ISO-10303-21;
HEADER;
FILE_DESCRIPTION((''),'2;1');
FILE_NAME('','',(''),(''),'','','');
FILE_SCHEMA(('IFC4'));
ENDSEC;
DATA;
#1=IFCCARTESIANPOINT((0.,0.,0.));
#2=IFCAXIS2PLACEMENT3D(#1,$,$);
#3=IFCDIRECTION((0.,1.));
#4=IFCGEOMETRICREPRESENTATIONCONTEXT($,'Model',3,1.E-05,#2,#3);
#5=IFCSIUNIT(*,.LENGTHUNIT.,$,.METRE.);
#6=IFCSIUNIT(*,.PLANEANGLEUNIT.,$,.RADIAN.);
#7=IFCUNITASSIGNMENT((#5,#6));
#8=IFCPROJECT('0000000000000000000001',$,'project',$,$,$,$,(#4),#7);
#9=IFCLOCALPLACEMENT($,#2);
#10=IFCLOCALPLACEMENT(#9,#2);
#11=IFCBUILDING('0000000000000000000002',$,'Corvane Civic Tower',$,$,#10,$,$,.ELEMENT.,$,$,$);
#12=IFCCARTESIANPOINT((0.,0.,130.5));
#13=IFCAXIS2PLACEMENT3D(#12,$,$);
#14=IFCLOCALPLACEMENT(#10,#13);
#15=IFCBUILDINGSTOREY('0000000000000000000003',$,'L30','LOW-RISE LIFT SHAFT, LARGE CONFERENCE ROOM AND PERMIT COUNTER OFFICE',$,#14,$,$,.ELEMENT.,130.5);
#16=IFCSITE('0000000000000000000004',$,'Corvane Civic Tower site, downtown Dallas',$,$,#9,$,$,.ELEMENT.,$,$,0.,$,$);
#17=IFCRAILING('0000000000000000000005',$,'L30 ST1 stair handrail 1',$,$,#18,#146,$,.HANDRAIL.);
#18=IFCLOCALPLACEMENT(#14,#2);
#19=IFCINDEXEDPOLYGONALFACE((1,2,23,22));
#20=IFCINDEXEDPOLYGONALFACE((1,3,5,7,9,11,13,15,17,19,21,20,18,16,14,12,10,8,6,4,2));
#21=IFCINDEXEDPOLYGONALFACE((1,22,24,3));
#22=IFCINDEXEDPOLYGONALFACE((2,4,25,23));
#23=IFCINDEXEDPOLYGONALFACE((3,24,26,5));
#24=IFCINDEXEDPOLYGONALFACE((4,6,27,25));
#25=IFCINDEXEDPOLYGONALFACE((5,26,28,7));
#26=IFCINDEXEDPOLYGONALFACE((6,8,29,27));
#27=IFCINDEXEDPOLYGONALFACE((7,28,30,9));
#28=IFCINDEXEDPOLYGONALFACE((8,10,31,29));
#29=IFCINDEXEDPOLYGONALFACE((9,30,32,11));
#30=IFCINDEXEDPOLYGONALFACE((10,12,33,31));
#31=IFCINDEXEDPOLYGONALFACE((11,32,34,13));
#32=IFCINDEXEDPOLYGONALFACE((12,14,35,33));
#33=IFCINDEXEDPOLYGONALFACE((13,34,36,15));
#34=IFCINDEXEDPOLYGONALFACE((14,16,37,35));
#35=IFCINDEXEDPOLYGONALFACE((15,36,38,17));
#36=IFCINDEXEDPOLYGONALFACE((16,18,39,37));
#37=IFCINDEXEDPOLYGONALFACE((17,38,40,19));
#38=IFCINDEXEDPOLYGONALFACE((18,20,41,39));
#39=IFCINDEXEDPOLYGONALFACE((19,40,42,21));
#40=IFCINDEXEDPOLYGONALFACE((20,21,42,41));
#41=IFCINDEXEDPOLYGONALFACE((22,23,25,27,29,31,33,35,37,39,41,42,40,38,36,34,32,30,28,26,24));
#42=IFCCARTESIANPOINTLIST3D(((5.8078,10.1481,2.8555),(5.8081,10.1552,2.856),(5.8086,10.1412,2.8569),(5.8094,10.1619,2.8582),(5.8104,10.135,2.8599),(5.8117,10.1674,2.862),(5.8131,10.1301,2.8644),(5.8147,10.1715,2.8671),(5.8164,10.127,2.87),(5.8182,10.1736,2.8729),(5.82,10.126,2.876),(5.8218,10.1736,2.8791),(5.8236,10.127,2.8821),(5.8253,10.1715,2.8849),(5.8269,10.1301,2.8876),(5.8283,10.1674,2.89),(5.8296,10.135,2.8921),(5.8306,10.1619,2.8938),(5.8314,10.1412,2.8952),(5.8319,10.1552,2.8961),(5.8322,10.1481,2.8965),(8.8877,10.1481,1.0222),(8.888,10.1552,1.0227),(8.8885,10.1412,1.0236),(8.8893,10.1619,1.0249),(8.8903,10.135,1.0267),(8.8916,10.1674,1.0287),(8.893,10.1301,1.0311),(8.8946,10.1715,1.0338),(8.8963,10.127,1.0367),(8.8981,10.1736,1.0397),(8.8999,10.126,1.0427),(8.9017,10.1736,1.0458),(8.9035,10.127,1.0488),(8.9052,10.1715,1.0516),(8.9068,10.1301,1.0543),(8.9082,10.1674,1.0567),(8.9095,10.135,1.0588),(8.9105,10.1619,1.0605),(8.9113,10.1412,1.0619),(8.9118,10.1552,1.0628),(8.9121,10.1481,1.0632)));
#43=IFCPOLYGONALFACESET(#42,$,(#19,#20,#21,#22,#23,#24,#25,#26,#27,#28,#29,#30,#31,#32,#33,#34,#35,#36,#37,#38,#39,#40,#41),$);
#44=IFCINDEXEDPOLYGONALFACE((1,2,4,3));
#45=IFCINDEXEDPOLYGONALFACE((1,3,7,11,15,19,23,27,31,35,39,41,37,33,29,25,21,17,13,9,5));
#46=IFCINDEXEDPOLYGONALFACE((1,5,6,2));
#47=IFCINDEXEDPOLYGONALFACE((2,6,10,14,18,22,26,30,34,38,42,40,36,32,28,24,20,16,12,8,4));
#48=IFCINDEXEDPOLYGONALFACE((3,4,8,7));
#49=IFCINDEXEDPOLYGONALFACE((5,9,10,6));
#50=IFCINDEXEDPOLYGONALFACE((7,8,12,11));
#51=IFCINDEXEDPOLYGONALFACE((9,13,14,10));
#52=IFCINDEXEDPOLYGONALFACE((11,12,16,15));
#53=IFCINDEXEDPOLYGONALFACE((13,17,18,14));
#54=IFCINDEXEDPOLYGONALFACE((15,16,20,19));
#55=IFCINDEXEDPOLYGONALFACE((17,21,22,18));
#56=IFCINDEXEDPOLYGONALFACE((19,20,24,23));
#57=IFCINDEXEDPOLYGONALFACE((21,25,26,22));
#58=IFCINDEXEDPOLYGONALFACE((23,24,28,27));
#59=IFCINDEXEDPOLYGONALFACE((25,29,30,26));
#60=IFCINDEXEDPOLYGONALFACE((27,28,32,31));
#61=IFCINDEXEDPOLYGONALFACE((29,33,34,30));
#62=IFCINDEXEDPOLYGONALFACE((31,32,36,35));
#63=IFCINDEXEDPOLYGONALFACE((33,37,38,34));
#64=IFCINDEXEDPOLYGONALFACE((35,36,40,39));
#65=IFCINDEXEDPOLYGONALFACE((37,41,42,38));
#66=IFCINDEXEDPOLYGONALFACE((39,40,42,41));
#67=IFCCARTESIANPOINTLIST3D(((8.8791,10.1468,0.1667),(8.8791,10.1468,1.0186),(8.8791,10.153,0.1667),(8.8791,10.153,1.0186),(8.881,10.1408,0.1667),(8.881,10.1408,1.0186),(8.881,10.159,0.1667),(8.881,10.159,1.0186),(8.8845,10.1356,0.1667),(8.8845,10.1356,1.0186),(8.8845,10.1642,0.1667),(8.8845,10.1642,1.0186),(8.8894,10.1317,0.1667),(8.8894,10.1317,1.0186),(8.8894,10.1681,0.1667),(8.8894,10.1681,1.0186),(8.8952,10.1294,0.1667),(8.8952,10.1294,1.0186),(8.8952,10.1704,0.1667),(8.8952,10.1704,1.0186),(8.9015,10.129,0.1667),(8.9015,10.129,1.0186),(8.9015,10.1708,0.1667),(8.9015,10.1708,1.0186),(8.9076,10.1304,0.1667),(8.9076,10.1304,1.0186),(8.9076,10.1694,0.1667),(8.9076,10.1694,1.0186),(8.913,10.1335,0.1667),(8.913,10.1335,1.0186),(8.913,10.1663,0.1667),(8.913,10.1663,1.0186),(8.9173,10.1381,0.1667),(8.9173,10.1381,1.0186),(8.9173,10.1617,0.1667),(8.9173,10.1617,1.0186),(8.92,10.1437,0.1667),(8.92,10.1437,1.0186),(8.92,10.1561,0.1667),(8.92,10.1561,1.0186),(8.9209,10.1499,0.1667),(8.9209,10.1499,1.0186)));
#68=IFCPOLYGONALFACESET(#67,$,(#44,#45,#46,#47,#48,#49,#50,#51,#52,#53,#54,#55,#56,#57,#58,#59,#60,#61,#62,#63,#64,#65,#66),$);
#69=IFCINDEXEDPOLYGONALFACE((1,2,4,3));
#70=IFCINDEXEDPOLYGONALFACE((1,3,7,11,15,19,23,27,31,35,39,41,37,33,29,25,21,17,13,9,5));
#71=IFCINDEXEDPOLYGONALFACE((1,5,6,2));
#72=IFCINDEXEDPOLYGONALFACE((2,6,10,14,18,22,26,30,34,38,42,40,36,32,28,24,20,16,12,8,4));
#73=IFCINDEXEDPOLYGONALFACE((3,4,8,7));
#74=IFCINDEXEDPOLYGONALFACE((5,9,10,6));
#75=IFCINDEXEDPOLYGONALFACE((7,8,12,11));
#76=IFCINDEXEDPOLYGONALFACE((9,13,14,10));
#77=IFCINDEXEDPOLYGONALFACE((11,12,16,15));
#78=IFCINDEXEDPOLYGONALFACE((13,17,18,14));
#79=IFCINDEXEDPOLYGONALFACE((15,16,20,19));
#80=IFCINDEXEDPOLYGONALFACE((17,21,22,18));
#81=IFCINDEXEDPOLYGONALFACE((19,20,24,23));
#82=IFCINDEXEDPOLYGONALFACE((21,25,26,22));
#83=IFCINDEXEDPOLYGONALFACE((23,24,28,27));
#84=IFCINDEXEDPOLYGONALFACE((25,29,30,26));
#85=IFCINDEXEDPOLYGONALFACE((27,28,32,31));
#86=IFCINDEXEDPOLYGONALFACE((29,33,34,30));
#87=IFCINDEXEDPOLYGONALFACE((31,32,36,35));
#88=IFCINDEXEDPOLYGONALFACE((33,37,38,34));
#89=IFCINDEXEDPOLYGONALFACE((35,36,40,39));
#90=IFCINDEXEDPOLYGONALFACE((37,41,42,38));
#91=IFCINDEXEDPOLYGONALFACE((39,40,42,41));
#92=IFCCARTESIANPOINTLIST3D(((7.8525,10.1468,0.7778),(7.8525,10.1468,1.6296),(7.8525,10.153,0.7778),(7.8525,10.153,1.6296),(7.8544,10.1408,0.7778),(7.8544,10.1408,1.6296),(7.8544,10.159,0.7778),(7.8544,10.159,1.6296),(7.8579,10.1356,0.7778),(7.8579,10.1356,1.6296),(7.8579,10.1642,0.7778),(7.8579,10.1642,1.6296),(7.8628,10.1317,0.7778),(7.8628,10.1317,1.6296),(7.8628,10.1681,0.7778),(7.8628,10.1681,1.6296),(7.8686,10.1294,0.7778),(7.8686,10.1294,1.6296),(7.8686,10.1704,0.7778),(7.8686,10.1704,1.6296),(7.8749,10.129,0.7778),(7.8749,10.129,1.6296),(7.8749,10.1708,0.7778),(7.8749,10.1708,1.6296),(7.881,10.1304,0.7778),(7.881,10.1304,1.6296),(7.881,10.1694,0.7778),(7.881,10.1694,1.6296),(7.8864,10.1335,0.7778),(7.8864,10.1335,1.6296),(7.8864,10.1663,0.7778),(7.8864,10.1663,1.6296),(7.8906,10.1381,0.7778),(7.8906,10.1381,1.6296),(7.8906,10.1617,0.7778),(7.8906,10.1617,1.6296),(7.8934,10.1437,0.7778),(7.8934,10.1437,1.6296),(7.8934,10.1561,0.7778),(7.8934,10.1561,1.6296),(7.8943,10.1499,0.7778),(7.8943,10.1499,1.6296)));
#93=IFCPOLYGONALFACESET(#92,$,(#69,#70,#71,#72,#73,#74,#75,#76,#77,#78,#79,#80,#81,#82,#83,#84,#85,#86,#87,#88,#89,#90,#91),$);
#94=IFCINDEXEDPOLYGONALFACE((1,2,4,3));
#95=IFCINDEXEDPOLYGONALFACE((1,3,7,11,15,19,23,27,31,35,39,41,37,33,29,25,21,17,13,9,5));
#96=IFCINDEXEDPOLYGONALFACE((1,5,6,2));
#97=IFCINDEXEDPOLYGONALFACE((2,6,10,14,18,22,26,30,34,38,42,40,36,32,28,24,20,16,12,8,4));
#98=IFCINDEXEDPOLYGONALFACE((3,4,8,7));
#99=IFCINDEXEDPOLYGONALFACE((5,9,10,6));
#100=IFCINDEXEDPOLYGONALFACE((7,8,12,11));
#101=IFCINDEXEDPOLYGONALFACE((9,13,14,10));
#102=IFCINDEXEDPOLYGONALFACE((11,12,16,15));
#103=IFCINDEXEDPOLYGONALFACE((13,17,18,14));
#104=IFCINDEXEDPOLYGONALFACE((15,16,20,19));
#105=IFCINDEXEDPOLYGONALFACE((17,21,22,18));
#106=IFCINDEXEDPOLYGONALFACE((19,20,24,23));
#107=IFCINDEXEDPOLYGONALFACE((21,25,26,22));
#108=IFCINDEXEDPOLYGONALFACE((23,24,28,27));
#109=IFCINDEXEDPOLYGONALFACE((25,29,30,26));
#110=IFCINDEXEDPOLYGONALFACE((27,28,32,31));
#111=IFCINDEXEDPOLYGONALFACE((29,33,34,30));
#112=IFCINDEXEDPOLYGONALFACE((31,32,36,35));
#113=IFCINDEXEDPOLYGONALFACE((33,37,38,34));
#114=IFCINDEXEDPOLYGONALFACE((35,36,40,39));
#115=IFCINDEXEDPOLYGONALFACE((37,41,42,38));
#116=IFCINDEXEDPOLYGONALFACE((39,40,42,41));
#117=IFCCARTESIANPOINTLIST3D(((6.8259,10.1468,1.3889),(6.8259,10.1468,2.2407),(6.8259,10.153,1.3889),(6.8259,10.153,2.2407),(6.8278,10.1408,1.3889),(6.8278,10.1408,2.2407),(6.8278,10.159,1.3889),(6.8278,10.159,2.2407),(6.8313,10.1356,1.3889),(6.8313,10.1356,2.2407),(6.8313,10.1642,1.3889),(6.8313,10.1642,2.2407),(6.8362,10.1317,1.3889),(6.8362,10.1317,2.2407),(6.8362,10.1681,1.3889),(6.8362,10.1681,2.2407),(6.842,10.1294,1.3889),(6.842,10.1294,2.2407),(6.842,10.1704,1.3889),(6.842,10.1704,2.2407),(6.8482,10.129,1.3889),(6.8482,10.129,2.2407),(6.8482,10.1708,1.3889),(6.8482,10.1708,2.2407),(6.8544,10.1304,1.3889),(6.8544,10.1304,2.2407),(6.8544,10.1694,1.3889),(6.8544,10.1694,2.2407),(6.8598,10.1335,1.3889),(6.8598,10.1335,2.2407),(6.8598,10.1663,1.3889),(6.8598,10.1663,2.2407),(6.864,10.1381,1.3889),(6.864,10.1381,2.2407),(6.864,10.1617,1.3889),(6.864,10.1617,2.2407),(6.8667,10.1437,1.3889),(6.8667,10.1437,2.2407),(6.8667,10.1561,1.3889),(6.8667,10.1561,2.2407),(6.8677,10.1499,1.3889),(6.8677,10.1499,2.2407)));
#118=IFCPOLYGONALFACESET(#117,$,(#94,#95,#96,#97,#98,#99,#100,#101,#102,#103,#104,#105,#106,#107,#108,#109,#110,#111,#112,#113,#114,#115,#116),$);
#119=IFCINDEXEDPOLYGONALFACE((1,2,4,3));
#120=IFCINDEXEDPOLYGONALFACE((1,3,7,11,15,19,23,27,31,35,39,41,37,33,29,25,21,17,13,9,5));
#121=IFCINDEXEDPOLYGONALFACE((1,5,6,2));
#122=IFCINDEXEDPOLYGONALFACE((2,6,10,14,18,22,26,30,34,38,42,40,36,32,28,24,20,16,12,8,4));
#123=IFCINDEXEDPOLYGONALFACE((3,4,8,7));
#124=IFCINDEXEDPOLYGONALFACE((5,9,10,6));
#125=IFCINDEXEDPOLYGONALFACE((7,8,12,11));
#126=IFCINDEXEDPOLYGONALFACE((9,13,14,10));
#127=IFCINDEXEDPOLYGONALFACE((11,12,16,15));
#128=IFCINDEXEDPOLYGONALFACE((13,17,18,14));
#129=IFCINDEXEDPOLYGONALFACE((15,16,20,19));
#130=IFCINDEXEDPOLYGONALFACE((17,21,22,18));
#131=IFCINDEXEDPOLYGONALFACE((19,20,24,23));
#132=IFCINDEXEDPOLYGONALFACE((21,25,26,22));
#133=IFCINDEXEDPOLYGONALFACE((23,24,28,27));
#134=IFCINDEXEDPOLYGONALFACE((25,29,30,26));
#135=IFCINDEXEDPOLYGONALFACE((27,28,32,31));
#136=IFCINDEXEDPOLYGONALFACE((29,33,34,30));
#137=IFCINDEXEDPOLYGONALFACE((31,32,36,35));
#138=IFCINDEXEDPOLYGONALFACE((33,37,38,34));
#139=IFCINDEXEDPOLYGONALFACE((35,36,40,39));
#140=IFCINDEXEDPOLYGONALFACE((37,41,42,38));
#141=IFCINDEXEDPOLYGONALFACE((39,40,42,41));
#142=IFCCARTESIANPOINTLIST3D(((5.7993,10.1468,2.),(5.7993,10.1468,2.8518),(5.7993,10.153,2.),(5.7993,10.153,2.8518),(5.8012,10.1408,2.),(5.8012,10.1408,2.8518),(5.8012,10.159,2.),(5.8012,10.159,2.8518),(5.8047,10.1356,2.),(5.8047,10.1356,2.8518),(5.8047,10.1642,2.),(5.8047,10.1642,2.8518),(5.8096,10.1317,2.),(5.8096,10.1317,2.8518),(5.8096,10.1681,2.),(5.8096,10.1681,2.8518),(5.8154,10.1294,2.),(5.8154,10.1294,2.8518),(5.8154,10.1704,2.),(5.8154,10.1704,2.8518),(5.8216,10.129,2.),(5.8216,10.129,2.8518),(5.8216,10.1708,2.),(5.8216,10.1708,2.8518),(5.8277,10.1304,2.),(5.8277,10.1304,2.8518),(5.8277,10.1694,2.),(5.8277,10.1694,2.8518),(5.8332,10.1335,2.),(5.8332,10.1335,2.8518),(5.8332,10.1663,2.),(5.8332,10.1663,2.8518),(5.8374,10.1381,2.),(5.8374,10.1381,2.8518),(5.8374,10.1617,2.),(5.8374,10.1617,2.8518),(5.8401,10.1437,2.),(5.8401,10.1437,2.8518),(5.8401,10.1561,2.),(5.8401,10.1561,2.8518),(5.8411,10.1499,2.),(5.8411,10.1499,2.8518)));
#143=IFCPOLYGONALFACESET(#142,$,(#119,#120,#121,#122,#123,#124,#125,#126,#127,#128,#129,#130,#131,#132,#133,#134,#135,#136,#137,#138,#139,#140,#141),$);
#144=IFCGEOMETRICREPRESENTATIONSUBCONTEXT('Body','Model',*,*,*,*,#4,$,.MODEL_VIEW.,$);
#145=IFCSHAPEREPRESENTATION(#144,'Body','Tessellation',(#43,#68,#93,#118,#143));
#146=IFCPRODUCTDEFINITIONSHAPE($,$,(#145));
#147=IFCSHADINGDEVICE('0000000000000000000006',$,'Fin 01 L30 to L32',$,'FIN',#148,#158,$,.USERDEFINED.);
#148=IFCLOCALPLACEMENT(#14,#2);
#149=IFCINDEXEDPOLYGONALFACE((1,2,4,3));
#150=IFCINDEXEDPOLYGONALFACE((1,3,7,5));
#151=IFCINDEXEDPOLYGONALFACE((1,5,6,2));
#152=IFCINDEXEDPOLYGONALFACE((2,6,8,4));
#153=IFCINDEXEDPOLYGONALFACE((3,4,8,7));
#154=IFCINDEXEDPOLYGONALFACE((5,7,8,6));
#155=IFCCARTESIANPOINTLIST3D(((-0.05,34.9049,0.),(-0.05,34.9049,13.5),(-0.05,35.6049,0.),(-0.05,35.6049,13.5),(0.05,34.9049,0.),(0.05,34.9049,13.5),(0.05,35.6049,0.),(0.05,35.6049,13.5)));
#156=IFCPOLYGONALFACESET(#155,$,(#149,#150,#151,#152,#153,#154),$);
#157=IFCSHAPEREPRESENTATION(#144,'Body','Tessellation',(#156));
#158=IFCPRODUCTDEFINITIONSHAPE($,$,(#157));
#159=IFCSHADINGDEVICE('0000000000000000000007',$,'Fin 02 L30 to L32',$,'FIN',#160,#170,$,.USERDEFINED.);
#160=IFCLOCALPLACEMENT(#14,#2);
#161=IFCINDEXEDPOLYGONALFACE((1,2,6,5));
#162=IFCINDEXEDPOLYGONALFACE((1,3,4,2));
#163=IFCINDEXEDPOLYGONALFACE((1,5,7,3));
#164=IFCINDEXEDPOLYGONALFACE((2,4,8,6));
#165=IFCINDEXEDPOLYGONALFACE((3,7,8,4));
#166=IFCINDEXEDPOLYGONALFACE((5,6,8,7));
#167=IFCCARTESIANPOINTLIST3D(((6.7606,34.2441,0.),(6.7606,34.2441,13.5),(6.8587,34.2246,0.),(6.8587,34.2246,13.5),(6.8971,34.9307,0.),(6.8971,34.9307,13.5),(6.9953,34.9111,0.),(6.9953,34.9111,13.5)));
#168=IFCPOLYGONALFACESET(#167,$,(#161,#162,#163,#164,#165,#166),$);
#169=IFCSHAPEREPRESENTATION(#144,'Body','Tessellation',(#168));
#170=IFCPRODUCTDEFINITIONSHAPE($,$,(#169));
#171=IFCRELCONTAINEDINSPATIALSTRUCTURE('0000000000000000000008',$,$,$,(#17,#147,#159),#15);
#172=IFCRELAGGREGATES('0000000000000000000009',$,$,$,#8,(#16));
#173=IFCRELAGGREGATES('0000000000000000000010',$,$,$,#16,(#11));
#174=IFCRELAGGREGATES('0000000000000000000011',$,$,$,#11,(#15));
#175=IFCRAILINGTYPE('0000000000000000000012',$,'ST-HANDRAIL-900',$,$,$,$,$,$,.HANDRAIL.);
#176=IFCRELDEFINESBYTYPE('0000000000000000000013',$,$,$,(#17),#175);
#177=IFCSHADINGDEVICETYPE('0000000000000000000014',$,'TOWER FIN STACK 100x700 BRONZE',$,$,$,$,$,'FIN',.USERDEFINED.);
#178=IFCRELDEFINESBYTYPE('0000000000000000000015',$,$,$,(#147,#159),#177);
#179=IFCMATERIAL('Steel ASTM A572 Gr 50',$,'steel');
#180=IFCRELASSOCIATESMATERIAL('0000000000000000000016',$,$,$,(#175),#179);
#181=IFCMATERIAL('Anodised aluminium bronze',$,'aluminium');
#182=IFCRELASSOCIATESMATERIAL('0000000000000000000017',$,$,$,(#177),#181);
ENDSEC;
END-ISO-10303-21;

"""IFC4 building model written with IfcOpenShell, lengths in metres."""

from ifc_helpers import new_model, si_unit, direction, frame, origin, origin_2d, place, context, subcontext, project, spatial, rectangle, circle, extrude, material, material_profile, profile_set, type_object, element, save


model = new_model("IFC4")

# Units and contexts
model_context = context("Model", 3, precision=1e-05, world=origin(), true_north=direction((0.0, 1.0)))
body_context = subcontext(model_context, "Body", "Model", "MODEL_VIEW")
ifc_project = project(units=[si_unit("LENGTHUNIT", "METRE"), si_unit("PLANEANGLEUNIT", "RADIAN")], contexts=[model_context])

# Site, building, storey
site_placement = place(None, origin())
site = spatial("IfcSite", under=ifc_project, at=site_placement, Name="Corvane Civic Tower site, downtown Dallas", CompositionType="ELEMENT", RefElevation=0.0)
building_placement = place(site_placement, origin())
building = spatial("IfcBuilding", under=site, at=building_placement, Name="Corvane Civic Tower", CompositionType="ELEMENT")
storey_placement = place(building_placement, frame((0.0, 0.0, 130.5)))
storey = spatial("IfcBuildingStorey", under=building, at=storey_placement, Name="L30", Description="LOW-RISE LIFT SHAFT, LARGE CONFERENCE ROOM AND PERMIT COUNTER OFFICE", CompositionType="ELEMENT", Elevation=130.5)

# Railing
ifc_material_1 = material(Name="Steel ASTM A572 Gr 50", Category="steel")
railing_type_1 = type_object("IfcRailingType", Name="ST-HANDRAIL-900", PredefinedType="HANDRAIL", material=ifc_material_1)
railing_1_placement = place(storey_placement, frame((8.8999, 10.1499, 0.1667)))
element("IfcRailing", 1, at=railing_1_placement, inside=storey, type_object=railing_type_1, Name="L30 ST1 stair handrail 1", PredefinedType="HANDRAIL", context=body_context, shape_type="SweptSolid", body=[
    extrude(circle(Radius=0.0239, at=origin_2d()), frame((0.0, 0.0, 0.876), z_axis=(-0.859291, 0.0, 0.511487), x_axis=(0.0, -1.0, 0.0)), (0.0, 0.0, 1.0), 3.5842),
    extrude(circle(Radius=0.021, at=origin_2d()), origin(), (0.0, 0.0, 1.0), 0.8518),
    extrude(circle(Radius=0.021, at=origin_2d()), frame((-1.0266, 0.0, 0.6111)), (0.0, 0.0, 1.0), 0.8518),
    extrude(circle(Radius=0.021, at=origin_2d()), frame((-2.0532, 0.0, 1.2222)), (0.0, 0.0, 1.0), 0.8518),
    extrude(circle(Radius=0.021, at=origin_2d()), frame((-3.0798, 0.0, 1.8333)), (0.0, 0.0, 1.0), 0.8518),
])

# Shading devices
ifc_material_2 = material(Name="Anodised aluminium bronze", Category="aluminium")
ifc_material_profile_1 = material_profile(ifc_material_2, rectangle(XDim=0.1001, YDim=0.7, at=origin_2d()), Name="TOWER FIN STACK 100x700 BRONZE")
ifc_profile_set_1 = profile_set([ifc_material_profile_1], Name="Anodised aluminium bronze")
shading_device_type = type_object("IfcShadingDeviceType", Name="TOWER FIN STACK 100x700 BRONZE", ElementType="FIN", PredefinedType="USERDEFINED", material=ifc_profile_set_1)
for number, where, z_axis, x_axis, name in (
    (2, (0.0, 35.2549, 0.0), (0.0, 0.0, 1.0), (1.0, 0.0, 0.0), "Fin 01 L30 to L32"),
    (3, (6.8779, 34.5776, 0.0), (0.0, 0.0, 1.0), (0.980785, -0.19509, 0.0), "Fin 02 L30 to L32"),
):
    element("IfcShadingDevice", number, at=place(storey_placement, frame(where, z_axis=z_axis, x_axis=x_axis)), inside=storey, type_object=shading_device_type, Name=name, ObjectType="FIN", PredefinedType="USERDEFINED", context=body_context, shape_type="SweptSolid", body=[
        extrude(rectangle(XDim=0.1001, YDim=0.7, at=origin_2d()), origin(), (0.0, 0.0, 1.0), 13.5),
    ])

save(model, "model.ifc")
